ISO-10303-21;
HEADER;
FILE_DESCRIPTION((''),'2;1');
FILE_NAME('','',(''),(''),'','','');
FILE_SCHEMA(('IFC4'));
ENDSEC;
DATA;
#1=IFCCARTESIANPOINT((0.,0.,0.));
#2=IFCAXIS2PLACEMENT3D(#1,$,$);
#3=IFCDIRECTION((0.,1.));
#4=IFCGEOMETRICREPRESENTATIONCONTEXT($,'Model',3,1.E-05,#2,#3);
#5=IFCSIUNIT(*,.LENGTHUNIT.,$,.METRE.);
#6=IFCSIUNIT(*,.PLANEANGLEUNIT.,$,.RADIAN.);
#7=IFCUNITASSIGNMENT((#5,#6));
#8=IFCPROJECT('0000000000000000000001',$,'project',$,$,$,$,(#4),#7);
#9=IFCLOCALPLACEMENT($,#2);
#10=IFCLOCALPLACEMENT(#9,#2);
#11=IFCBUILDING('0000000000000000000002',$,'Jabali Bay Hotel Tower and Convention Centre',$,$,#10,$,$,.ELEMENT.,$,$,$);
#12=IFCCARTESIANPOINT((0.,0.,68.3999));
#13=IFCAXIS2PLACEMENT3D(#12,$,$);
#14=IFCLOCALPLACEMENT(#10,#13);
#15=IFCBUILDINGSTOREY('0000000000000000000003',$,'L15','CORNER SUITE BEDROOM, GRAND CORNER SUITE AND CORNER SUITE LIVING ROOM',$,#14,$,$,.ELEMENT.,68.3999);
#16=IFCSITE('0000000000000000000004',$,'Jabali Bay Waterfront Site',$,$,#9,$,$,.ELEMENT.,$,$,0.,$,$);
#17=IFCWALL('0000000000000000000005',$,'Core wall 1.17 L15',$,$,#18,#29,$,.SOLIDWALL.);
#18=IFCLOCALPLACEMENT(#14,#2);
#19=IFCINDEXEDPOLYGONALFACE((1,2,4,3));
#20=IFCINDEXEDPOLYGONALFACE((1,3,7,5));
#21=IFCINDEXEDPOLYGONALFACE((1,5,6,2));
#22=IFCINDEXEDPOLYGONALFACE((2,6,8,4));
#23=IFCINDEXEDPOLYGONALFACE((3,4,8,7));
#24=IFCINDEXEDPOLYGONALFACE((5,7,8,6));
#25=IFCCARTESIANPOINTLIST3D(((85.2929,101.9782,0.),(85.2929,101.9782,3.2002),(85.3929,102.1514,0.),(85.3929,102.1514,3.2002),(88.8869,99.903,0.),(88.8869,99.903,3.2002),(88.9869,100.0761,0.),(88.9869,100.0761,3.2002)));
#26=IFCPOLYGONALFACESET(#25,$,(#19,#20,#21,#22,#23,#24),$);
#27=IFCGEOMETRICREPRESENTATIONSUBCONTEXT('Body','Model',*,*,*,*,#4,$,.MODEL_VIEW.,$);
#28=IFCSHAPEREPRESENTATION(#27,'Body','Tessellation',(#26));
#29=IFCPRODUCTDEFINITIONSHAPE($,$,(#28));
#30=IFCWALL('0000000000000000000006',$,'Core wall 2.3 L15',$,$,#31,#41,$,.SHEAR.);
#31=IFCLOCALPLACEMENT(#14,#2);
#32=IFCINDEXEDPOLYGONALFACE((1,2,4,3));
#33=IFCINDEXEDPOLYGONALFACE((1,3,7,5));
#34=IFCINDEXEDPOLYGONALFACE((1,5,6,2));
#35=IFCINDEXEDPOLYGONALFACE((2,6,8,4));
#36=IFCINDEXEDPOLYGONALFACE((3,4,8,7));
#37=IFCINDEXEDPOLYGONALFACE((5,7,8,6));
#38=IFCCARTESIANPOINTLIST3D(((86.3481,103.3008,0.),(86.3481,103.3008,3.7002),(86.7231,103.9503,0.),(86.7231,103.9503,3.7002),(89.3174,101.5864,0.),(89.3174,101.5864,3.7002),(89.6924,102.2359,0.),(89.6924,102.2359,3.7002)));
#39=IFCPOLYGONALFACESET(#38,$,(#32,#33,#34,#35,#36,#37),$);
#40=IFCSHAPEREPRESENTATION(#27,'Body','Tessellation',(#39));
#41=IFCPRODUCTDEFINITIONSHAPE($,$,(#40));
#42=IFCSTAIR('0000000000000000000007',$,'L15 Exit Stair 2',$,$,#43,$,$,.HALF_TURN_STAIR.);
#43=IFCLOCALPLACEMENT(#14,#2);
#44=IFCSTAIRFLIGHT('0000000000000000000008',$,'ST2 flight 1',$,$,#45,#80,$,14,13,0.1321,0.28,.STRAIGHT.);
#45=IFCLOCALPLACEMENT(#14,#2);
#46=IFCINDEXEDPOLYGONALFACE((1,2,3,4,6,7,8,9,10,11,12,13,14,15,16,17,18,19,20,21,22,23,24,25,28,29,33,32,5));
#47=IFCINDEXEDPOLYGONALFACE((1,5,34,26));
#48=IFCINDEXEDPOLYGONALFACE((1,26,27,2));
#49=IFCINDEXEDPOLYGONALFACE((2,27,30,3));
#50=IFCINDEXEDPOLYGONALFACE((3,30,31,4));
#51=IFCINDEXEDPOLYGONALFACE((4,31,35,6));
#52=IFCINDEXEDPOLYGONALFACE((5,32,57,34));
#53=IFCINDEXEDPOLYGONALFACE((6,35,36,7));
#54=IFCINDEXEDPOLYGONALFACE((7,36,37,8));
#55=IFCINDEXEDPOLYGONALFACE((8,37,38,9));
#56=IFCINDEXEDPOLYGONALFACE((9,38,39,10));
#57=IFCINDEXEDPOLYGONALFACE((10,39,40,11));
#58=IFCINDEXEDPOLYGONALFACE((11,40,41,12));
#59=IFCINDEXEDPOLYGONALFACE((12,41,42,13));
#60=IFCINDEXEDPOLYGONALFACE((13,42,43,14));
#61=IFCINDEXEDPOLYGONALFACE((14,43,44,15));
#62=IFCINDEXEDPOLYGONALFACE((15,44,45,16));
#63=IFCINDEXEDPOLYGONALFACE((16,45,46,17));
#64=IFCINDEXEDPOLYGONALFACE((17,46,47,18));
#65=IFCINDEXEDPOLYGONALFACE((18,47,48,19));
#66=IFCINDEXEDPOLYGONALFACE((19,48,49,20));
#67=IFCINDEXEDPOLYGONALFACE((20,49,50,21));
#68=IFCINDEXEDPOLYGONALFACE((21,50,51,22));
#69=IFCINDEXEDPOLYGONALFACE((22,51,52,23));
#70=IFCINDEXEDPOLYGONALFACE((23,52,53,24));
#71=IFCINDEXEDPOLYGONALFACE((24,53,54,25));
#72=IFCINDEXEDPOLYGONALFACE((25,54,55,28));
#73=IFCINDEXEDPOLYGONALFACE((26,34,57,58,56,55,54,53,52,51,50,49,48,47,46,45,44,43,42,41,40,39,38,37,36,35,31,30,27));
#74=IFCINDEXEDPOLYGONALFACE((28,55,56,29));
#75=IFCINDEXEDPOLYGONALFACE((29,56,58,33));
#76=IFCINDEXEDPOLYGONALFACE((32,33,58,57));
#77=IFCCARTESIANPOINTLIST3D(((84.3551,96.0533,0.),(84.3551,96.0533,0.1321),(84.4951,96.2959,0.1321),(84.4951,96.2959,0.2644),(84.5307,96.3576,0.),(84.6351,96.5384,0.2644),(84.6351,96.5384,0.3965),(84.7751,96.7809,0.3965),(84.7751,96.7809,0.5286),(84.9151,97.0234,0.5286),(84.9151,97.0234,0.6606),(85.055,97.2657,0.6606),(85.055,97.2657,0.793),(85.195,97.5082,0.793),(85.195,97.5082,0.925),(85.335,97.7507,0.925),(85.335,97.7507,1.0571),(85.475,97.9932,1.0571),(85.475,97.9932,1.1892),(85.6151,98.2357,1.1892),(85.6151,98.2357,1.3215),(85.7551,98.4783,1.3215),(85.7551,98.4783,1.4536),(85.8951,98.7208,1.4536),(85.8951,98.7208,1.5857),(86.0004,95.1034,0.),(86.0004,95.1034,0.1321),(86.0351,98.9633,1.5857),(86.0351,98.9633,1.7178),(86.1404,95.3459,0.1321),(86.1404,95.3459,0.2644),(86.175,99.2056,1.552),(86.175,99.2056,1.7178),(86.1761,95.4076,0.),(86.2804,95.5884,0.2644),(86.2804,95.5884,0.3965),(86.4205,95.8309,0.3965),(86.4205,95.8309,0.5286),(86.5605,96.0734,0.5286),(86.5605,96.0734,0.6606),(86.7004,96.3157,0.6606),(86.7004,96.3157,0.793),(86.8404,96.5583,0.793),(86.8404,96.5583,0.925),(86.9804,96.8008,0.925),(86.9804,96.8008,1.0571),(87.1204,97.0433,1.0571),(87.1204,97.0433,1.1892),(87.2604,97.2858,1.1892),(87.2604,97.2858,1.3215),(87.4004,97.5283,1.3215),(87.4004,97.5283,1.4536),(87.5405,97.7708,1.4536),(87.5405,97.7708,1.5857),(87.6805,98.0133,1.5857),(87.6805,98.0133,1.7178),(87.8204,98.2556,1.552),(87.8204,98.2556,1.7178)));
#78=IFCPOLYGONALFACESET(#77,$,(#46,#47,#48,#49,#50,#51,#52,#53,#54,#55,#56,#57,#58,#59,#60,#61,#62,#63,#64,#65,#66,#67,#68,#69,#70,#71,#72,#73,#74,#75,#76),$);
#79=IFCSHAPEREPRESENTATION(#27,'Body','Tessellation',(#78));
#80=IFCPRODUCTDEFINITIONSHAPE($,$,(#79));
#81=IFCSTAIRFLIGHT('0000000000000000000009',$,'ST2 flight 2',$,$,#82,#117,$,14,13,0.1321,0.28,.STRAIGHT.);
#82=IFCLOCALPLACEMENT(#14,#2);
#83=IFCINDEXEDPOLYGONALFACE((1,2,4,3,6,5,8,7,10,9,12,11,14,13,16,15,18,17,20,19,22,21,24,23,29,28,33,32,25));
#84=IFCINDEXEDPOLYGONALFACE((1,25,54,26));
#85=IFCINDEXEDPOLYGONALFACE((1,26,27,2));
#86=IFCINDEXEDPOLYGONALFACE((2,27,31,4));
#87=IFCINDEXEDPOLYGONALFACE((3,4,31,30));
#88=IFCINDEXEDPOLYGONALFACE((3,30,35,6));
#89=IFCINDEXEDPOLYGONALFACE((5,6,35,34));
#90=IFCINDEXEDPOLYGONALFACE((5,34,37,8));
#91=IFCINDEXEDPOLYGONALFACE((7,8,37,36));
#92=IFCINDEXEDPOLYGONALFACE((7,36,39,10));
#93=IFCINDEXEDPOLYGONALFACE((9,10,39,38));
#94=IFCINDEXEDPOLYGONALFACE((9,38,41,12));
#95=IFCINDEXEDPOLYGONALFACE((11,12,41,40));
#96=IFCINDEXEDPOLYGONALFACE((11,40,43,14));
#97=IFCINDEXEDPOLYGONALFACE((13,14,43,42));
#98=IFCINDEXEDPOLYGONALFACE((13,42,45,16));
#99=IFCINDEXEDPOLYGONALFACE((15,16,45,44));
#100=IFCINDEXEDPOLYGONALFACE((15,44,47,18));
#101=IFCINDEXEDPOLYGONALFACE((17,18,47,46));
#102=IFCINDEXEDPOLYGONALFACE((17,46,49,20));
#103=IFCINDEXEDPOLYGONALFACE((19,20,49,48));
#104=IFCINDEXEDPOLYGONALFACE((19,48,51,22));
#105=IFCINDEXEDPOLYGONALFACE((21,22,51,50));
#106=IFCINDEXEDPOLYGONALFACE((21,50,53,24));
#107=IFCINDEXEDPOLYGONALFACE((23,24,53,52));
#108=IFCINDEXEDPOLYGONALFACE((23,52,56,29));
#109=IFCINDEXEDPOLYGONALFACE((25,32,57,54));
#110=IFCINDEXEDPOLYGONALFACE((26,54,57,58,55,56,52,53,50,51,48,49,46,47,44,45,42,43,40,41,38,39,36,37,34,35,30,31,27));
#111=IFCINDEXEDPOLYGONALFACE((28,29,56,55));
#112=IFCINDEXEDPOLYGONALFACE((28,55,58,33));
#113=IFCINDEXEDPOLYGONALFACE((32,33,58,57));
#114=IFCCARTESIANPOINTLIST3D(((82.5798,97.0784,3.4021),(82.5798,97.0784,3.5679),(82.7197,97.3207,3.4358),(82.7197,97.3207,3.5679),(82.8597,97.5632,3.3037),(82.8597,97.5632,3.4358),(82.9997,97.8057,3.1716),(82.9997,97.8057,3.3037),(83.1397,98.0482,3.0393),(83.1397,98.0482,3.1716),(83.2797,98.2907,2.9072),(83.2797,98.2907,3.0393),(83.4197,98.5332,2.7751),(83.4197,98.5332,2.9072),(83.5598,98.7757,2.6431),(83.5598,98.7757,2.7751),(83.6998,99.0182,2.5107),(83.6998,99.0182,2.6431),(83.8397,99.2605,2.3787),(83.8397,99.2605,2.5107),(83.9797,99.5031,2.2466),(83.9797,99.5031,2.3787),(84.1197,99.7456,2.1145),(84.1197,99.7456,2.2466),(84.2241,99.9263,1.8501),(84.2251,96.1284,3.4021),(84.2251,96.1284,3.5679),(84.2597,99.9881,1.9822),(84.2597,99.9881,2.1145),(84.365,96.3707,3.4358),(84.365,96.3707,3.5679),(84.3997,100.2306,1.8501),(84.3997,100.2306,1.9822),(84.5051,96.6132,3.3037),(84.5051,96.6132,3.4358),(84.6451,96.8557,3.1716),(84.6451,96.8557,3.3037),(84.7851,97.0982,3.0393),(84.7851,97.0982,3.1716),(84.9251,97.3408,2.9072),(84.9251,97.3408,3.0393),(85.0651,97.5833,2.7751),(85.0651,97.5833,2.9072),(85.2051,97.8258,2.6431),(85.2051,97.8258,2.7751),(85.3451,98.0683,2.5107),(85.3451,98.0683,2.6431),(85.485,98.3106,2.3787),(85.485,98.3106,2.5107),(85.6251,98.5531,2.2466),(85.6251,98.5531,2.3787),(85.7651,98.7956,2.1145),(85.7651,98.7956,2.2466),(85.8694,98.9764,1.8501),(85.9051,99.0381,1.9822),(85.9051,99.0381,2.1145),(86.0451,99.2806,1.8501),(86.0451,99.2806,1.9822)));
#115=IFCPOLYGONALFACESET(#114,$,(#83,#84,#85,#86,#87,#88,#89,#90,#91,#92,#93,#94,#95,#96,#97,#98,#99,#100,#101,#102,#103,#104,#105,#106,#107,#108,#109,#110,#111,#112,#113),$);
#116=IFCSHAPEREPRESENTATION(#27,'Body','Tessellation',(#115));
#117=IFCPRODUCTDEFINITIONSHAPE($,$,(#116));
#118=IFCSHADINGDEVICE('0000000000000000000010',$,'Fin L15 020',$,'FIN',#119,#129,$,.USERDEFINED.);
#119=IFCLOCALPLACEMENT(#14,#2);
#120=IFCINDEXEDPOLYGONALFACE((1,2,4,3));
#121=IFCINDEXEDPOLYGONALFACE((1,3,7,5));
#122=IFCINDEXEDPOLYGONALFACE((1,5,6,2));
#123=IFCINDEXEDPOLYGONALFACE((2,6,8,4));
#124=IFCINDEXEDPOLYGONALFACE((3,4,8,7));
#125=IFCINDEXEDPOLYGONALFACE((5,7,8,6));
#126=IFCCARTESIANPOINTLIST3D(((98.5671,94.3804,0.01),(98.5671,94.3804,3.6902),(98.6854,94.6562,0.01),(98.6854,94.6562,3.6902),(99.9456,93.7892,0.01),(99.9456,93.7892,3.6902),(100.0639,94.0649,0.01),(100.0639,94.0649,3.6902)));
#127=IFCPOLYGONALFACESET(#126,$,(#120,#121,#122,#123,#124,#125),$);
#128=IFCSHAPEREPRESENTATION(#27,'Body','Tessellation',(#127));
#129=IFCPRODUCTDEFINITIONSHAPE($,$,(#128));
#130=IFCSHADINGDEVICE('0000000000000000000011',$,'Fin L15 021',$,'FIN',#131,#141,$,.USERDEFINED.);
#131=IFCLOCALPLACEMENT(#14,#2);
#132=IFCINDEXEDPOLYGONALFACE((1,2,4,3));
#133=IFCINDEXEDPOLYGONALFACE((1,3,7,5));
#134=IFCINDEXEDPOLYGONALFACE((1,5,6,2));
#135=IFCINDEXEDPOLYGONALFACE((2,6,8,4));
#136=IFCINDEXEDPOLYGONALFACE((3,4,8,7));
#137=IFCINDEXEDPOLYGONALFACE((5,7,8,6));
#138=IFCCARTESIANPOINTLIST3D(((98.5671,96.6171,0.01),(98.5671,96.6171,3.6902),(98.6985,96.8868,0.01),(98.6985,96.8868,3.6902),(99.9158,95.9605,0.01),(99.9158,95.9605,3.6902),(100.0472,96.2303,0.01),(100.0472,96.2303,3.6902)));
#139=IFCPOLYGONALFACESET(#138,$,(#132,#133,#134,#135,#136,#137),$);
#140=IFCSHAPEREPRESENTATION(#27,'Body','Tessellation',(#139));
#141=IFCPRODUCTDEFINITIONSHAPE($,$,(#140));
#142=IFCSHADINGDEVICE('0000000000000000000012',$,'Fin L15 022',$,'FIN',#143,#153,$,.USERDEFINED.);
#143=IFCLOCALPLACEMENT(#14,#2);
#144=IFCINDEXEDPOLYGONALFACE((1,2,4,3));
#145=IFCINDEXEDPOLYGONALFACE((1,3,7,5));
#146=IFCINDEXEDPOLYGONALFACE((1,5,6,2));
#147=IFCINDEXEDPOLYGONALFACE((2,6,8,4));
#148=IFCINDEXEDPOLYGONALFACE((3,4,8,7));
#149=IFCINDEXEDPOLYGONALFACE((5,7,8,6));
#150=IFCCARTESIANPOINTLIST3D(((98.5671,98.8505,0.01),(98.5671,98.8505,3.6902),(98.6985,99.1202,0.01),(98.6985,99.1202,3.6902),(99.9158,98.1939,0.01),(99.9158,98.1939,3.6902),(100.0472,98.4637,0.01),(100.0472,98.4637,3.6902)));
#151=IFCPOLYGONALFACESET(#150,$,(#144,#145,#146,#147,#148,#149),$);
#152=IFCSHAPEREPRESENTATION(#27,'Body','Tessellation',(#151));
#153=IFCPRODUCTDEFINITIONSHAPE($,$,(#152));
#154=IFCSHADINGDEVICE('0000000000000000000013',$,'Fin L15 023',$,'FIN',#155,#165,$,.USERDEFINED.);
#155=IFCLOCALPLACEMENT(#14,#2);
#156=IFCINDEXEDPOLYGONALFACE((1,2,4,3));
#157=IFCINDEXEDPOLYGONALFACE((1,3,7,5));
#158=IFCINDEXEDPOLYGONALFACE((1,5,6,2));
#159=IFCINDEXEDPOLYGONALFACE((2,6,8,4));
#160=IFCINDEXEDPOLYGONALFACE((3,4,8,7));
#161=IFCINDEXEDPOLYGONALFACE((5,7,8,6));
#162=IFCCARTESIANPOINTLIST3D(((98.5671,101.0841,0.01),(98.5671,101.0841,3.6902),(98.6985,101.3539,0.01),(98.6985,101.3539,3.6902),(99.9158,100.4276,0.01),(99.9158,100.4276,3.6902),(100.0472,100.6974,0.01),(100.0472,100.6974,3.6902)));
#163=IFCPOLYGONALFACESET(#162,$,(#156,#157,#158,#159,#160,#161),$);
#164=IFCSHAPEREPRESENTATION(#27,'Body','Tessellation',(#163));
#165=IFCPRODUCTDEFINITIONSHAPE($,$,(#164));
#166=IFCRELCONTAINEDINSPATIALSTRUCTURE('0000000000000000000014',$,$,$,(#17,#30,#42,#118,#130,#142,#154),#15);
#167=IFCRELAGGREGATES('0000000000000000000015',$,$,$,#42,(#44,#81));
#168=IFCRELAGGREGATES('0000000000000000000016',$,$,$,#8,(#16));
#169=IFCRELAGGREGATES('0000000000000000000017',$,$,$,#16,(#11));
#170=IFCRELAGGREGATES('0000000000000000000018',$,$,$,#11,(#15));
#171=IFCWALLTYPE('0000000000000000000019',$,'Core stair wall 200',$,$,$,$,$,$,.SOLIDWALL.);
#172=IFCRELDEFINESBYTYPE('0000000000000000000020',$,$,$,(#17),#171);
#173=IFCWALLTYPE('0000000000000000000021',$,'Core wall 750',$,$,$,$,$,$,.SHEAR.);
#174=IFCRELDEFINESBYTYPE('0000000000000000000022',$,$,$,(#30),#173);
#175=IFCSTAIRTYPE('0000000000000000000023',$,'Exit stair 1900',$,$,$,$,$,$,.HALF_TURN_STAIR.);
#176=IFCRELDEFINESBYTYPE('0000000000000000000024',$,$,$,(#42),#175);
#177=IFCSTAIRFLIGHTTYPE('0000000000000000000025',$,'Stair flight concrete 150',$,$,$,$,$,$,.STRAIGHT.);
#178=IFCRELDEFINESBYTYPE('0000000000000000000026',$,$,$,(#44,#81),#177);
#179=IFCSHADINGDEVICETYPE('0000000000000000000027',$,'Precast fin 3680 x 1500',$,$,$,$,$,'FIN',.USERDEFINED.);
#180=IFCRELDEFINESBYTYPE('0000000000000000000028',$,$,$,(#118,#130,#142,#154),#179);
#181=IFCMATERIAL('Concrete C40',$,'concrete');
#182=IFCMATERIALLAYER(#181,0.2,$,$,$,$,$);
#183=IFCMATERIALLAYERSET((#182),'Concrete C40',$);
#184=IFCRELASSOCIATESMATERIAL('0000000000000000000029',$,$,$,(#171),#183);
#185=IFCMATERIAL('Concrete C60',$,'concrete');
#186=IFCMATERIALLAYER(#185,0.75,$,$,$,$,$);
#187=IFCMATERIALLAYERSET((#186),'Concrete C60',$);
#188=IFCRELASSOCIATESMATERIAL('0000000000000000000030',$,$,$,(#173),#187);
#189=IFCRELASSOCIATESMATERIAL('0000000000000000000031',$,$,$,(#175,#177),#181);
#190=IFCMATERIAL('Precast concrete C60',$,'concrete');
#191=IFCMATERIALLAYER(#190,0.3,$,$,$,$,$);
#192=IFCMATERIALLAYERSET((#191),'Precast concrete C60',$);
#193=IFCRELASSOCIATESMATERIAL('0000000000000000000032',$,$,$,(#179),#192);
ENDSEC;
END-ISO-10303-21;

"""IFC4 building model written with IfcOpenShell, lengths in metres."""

from ifc_helpers import new_model, si_unit, direction, frame, frame_2d, origin, place, context, subcontext, project, spatial, polyline, rectangle, outline, extrude, material, layer, layer_set, type_object, element, aggregate, save


model = new_model("IFC4")

# Units and contexts
model_context = context("Model", 3, precision=1e-05, world=origin(), true_north=direction((0.0, 1.0)))
body_context = subcontext(model_context, "Body", "Model", "MODEL_VIEW")
ifc_project = project(units=[si_unit("LENGTHUNIT", "METRE"), si_unit("PLANEANGLEUNIT", "RADIAN")], contexts=[model_context])

# Site, building, storey
site_placement = place(None, origin())
site = spatial("IfcSite", under=ifc_project, at=site_placement, Name="Jabali Bay Waterfront Site", CompositionType="ELEMENT", RefElevation=0.0)
building_placement = place(site_placement, origin())
building = spatial("IfcBuilding", under=site, at=building_placement, Name="Jabali Bay Hotel Tower and Convention Centre", CompositionType="ELEMENT")
storey_placement = place(building_placement, frame((0.0, 0.0, 68.3999)))
storey = spatial("IfcBuildingStorey", under=building, at=storey_placement, Name="L15", Description="CORNER SUITE BEDROOM, GRAND CORNER SUITE AND CORNER SUITE LIVING ROOM", CompositionType="ELEMENT", Elevation=68.3999)

# Shared definitions
ifc_material_1 = material(Name="Concrete C60", Category="concrete")

# Shared definitions
ifc_material_2 = material(Name="Concrete C40", Category="concrete")

# Shared definitions
ifc_layer_1 = layer(ifc_material_2, 0.2)
ifc_layer_set_1 = layer_set([ifc_layer_1], Name="Concrete C40")
wall_type_1 = type_object("IfcWallType", Name="Core stair wall 200", PredefinedType="SOLIDWALL", material=ifc_layer_set_1)

# Walls
wall_1_placement = place(storey_placement, frame((88.937, 99.9895, 0.0), z_axis=(0.0, 0.0, 1.0), x_axis=(-0.866004, 0.500036, 0.0)))
element("IfcWall", 1, at=wall_1_placement, inside=storey, type_object=wall_type_1, Name="Core wall 1.17 L15", PredefinedType="SOLIDWALL", context=body_context, shape_type="SweptSolid", body=[
    extrude(rectangle(XDim=4.1501, YDim=0.2, at=frame_2d((2.0752, 0.0))), origin(), (0.0, 0.0, 1.0), 3.2002),
])
ifc_layer_2 = layer(ifc_material_1, 0.75)
ifc_layer_set_2 = layer_set([ifc_layer_2], Name="Concrete C60")
wall_type_2 = type_object("IfcWallType", Name="Core wall 750", PredefinedType="SHEAR", material=ifc_layer_set_2)
wall_2_placement = place(storey_placement, frame((89.5049, 101.9111, 0.0), z_axis=(0.0, 0.0, 1.0), x_axis=(-0.866017, 0.500014, 0.0)))
element("IfcWall", 2, at=wall_2_placement, inside=storey, type_object=wall_type_2, Name="Core wall 2.3 L15", PredefinedType="SHEAR", context=body_context, shape_type="SweptSolid", body=[
    extrude(rectangle(XDim=3.4287, YDim=0.75, at=frame_2d((1.7144, 0.0))), origin(), (0.0, 0.0, 1.0), 3.7002),
])

# Stair, stair flights
stair_type = type_object("IfcStairType", Name="Exit stair 1900", PredefinedType="HALF_TURN_STAIR", material=ifc_material_2)
stair_placement = place(storey_placement, origin())
stair = element("IfcStair", 3, at=stair_placement, inside=storey, type_object=stair_type, Name="L15 Exit Stair 2", PredefinedType="HALF_TURN_STAIR")
stair_flight_type = type_object("IfcStairFlightType", Name="Stair flight concrete 150", PredefinedType="STRAIGHT", material=ifc_material_2)
stair_flight_1_placement = place(storey_placement, frame((85.1777, 95.5784, 0.0), z_axis=(0.0, 0.0, 1.0), x_axis=(0.5, 0.866025, 0.0)))
stair_flight_1 = element("IfcStairFlight", 4, at=stair_flight_1_placement, type_object=stair_flight_type, Name="ST2 flight 1", NumberOfRisers=14, NumberOfTreads=13, PredefinedType="STRAIGHT", RiserHeight=0.1321, TreadLength=0.28, context=body_context, shape_type="SweptSolid", body=[
    extrude(outline(polyline([(0.0, 0.0), (0.0, 0.1321), (0.28, 0.1321), (0.28, 0.2644), (0.5601, 0.2644), (0.5601, 0.3965), (0.8401, 0.3965), (0.8401, 0.5286), (1.1201, 0.5286), (1.1201, 0.6606), (1.3999, 0.6606), (1.3999, 0.793), (1.6799, 0.793), (1.6799, 0.925), (1.96, 0.925), (1.96, 1.0571), (2.24, 1.0571), (2.24, 1.1892), (2.52, 1.1892), (2.52, 1.3215), (2.8, 1.3215), (2.8, 1.4536), (3.0801, 1.4536), (3.0801, 1.5857), (3.3601, 1.5857), (3.3601, 1.7178), (3.6399, 1.7178), (3.6399, 1.8501), (3.6399, 1.552), (0.3513, 0.0), (0.0, 0.0)])), frame((0.0, 0.95, 0.0), z_axis=(0.0, -1.0, 0.0), x_axis=(1.0, 0.0, 0.0)), (0.0, 0.0, 1.0), 1.8999),
])
stair_flight_2_placement = place(storey_placement, frame((85.2224, 99.7556, 1.8501), z_axis=(0.0, 0.0, 1.0), x_axis=(-0.5, -0.866025, 0.0)))
stair_flight_2 = element("IfcStairFlight", 5, at=stair_flight_2_placement, type_object=stair_flight_type, Name="ST2 flight 2", NumberOfRisers=14, NumberOfTreads=13, PredefinedType="STRAIGHT", RiserHeight=0.1321, TreadLength=0.28, context=body_context, shape_type="SweptSolid", body=[
    extrude(outline(polyline([(0.0, 0.0), (0.0, 0.1321), (0.28, 0.1321), (0.28, 0.2644), (0.5601, 0.2644), (0.5601, 0.3965), (0.8401, 0.3965), (0.8401, 0.5286), (1.1201, 0.5286), (1.1201, 0.6606), (1.3999, 0.6606), (1.3999, 0.793), (1.6799, 0.793), (1.6799, 0.925), (1.96, 0.925), (1.96, 1.0571), (2.24, 1.0571), (2.24, 1.1892), (2.52, 1.1892), (2.52, 1.3215), (2.8, 1.3215), (2.8, 1.4536), (3.0801, 1.4536), (3.0801, 1.5857), (3.3601, 1.5857), (3.3601, 1.7178), (3.6399, 1.7178), (3.6399, 1.8501), (3.6399, 1.552), (0.3513, 0.0), (0.0, 0.0)])), frame((0.0, 0.95, 0.0), z_axis=(0.0, -1.0, 0.0), x_axis=(1.0, 0.0, 0.0)), (0.0, 0.0, 1.0), 1.8999),
])
aggregate(stair, [stair_flight_1, stair_flight_2])

# Shading devices
ifc_material_3 = material(Name="Precast concrete C60", Category="concrete")
ifc_layer_3 = layer(ifc_material_3, 0.3)
ifc_layer_set_3 = layer_set([ifc_layer_3], Name="Precast concrete C60")
shading_device_type = type_object("IfcShadingDeviceType", Name="Precast fin 3680 x 1500", ElementType="FIN", PredefinedType="USERDEFINED", material=ifc_layer_set_3)
for number, where, z_axis, x_axis, name in (
    (6, (98.6262, 94.5183, 0.01), (0.0, 0.0, 1.0), (0.919036, -0.394175, 0.0), "Fin L15 020"),
    (7, (98.6328, 96.752, 0.01), (0.0, 0.0, 1.0), (0.899129, -0.437683, 0.0), "Fin L15 021"),
    (8, (98.6328, 98.9854, 0.01), (0.0, 0.0, 1.0), (0.899129, -0.437683, 0.0), "Fin L15 022"),
    (9, (98.6328, 101.219, 0.01), (0.0, 0.0, 1.0), (0.899129, -0.437683, 0.0), "Fin L15 023"),
):
    element("IfcShadingDevice", number, at=place(storey_placement, frame(where, z_axis=z_axis, x_axis=x_axis)), inside=storey, type_object=shading_device_type, Name=name, ObjectType="FIN", PredefinedType="USERDEFINED", context=body_context, shape_type="SweptSolid", body=[
        extrude(rectangle(XDim=1.5, YDim=0.3, at=frame_2d((0.75, 0.0))), origin(), (0.0, 0.0, 1.0), 3.6802),
    ])

save(model, "model.ifc")
